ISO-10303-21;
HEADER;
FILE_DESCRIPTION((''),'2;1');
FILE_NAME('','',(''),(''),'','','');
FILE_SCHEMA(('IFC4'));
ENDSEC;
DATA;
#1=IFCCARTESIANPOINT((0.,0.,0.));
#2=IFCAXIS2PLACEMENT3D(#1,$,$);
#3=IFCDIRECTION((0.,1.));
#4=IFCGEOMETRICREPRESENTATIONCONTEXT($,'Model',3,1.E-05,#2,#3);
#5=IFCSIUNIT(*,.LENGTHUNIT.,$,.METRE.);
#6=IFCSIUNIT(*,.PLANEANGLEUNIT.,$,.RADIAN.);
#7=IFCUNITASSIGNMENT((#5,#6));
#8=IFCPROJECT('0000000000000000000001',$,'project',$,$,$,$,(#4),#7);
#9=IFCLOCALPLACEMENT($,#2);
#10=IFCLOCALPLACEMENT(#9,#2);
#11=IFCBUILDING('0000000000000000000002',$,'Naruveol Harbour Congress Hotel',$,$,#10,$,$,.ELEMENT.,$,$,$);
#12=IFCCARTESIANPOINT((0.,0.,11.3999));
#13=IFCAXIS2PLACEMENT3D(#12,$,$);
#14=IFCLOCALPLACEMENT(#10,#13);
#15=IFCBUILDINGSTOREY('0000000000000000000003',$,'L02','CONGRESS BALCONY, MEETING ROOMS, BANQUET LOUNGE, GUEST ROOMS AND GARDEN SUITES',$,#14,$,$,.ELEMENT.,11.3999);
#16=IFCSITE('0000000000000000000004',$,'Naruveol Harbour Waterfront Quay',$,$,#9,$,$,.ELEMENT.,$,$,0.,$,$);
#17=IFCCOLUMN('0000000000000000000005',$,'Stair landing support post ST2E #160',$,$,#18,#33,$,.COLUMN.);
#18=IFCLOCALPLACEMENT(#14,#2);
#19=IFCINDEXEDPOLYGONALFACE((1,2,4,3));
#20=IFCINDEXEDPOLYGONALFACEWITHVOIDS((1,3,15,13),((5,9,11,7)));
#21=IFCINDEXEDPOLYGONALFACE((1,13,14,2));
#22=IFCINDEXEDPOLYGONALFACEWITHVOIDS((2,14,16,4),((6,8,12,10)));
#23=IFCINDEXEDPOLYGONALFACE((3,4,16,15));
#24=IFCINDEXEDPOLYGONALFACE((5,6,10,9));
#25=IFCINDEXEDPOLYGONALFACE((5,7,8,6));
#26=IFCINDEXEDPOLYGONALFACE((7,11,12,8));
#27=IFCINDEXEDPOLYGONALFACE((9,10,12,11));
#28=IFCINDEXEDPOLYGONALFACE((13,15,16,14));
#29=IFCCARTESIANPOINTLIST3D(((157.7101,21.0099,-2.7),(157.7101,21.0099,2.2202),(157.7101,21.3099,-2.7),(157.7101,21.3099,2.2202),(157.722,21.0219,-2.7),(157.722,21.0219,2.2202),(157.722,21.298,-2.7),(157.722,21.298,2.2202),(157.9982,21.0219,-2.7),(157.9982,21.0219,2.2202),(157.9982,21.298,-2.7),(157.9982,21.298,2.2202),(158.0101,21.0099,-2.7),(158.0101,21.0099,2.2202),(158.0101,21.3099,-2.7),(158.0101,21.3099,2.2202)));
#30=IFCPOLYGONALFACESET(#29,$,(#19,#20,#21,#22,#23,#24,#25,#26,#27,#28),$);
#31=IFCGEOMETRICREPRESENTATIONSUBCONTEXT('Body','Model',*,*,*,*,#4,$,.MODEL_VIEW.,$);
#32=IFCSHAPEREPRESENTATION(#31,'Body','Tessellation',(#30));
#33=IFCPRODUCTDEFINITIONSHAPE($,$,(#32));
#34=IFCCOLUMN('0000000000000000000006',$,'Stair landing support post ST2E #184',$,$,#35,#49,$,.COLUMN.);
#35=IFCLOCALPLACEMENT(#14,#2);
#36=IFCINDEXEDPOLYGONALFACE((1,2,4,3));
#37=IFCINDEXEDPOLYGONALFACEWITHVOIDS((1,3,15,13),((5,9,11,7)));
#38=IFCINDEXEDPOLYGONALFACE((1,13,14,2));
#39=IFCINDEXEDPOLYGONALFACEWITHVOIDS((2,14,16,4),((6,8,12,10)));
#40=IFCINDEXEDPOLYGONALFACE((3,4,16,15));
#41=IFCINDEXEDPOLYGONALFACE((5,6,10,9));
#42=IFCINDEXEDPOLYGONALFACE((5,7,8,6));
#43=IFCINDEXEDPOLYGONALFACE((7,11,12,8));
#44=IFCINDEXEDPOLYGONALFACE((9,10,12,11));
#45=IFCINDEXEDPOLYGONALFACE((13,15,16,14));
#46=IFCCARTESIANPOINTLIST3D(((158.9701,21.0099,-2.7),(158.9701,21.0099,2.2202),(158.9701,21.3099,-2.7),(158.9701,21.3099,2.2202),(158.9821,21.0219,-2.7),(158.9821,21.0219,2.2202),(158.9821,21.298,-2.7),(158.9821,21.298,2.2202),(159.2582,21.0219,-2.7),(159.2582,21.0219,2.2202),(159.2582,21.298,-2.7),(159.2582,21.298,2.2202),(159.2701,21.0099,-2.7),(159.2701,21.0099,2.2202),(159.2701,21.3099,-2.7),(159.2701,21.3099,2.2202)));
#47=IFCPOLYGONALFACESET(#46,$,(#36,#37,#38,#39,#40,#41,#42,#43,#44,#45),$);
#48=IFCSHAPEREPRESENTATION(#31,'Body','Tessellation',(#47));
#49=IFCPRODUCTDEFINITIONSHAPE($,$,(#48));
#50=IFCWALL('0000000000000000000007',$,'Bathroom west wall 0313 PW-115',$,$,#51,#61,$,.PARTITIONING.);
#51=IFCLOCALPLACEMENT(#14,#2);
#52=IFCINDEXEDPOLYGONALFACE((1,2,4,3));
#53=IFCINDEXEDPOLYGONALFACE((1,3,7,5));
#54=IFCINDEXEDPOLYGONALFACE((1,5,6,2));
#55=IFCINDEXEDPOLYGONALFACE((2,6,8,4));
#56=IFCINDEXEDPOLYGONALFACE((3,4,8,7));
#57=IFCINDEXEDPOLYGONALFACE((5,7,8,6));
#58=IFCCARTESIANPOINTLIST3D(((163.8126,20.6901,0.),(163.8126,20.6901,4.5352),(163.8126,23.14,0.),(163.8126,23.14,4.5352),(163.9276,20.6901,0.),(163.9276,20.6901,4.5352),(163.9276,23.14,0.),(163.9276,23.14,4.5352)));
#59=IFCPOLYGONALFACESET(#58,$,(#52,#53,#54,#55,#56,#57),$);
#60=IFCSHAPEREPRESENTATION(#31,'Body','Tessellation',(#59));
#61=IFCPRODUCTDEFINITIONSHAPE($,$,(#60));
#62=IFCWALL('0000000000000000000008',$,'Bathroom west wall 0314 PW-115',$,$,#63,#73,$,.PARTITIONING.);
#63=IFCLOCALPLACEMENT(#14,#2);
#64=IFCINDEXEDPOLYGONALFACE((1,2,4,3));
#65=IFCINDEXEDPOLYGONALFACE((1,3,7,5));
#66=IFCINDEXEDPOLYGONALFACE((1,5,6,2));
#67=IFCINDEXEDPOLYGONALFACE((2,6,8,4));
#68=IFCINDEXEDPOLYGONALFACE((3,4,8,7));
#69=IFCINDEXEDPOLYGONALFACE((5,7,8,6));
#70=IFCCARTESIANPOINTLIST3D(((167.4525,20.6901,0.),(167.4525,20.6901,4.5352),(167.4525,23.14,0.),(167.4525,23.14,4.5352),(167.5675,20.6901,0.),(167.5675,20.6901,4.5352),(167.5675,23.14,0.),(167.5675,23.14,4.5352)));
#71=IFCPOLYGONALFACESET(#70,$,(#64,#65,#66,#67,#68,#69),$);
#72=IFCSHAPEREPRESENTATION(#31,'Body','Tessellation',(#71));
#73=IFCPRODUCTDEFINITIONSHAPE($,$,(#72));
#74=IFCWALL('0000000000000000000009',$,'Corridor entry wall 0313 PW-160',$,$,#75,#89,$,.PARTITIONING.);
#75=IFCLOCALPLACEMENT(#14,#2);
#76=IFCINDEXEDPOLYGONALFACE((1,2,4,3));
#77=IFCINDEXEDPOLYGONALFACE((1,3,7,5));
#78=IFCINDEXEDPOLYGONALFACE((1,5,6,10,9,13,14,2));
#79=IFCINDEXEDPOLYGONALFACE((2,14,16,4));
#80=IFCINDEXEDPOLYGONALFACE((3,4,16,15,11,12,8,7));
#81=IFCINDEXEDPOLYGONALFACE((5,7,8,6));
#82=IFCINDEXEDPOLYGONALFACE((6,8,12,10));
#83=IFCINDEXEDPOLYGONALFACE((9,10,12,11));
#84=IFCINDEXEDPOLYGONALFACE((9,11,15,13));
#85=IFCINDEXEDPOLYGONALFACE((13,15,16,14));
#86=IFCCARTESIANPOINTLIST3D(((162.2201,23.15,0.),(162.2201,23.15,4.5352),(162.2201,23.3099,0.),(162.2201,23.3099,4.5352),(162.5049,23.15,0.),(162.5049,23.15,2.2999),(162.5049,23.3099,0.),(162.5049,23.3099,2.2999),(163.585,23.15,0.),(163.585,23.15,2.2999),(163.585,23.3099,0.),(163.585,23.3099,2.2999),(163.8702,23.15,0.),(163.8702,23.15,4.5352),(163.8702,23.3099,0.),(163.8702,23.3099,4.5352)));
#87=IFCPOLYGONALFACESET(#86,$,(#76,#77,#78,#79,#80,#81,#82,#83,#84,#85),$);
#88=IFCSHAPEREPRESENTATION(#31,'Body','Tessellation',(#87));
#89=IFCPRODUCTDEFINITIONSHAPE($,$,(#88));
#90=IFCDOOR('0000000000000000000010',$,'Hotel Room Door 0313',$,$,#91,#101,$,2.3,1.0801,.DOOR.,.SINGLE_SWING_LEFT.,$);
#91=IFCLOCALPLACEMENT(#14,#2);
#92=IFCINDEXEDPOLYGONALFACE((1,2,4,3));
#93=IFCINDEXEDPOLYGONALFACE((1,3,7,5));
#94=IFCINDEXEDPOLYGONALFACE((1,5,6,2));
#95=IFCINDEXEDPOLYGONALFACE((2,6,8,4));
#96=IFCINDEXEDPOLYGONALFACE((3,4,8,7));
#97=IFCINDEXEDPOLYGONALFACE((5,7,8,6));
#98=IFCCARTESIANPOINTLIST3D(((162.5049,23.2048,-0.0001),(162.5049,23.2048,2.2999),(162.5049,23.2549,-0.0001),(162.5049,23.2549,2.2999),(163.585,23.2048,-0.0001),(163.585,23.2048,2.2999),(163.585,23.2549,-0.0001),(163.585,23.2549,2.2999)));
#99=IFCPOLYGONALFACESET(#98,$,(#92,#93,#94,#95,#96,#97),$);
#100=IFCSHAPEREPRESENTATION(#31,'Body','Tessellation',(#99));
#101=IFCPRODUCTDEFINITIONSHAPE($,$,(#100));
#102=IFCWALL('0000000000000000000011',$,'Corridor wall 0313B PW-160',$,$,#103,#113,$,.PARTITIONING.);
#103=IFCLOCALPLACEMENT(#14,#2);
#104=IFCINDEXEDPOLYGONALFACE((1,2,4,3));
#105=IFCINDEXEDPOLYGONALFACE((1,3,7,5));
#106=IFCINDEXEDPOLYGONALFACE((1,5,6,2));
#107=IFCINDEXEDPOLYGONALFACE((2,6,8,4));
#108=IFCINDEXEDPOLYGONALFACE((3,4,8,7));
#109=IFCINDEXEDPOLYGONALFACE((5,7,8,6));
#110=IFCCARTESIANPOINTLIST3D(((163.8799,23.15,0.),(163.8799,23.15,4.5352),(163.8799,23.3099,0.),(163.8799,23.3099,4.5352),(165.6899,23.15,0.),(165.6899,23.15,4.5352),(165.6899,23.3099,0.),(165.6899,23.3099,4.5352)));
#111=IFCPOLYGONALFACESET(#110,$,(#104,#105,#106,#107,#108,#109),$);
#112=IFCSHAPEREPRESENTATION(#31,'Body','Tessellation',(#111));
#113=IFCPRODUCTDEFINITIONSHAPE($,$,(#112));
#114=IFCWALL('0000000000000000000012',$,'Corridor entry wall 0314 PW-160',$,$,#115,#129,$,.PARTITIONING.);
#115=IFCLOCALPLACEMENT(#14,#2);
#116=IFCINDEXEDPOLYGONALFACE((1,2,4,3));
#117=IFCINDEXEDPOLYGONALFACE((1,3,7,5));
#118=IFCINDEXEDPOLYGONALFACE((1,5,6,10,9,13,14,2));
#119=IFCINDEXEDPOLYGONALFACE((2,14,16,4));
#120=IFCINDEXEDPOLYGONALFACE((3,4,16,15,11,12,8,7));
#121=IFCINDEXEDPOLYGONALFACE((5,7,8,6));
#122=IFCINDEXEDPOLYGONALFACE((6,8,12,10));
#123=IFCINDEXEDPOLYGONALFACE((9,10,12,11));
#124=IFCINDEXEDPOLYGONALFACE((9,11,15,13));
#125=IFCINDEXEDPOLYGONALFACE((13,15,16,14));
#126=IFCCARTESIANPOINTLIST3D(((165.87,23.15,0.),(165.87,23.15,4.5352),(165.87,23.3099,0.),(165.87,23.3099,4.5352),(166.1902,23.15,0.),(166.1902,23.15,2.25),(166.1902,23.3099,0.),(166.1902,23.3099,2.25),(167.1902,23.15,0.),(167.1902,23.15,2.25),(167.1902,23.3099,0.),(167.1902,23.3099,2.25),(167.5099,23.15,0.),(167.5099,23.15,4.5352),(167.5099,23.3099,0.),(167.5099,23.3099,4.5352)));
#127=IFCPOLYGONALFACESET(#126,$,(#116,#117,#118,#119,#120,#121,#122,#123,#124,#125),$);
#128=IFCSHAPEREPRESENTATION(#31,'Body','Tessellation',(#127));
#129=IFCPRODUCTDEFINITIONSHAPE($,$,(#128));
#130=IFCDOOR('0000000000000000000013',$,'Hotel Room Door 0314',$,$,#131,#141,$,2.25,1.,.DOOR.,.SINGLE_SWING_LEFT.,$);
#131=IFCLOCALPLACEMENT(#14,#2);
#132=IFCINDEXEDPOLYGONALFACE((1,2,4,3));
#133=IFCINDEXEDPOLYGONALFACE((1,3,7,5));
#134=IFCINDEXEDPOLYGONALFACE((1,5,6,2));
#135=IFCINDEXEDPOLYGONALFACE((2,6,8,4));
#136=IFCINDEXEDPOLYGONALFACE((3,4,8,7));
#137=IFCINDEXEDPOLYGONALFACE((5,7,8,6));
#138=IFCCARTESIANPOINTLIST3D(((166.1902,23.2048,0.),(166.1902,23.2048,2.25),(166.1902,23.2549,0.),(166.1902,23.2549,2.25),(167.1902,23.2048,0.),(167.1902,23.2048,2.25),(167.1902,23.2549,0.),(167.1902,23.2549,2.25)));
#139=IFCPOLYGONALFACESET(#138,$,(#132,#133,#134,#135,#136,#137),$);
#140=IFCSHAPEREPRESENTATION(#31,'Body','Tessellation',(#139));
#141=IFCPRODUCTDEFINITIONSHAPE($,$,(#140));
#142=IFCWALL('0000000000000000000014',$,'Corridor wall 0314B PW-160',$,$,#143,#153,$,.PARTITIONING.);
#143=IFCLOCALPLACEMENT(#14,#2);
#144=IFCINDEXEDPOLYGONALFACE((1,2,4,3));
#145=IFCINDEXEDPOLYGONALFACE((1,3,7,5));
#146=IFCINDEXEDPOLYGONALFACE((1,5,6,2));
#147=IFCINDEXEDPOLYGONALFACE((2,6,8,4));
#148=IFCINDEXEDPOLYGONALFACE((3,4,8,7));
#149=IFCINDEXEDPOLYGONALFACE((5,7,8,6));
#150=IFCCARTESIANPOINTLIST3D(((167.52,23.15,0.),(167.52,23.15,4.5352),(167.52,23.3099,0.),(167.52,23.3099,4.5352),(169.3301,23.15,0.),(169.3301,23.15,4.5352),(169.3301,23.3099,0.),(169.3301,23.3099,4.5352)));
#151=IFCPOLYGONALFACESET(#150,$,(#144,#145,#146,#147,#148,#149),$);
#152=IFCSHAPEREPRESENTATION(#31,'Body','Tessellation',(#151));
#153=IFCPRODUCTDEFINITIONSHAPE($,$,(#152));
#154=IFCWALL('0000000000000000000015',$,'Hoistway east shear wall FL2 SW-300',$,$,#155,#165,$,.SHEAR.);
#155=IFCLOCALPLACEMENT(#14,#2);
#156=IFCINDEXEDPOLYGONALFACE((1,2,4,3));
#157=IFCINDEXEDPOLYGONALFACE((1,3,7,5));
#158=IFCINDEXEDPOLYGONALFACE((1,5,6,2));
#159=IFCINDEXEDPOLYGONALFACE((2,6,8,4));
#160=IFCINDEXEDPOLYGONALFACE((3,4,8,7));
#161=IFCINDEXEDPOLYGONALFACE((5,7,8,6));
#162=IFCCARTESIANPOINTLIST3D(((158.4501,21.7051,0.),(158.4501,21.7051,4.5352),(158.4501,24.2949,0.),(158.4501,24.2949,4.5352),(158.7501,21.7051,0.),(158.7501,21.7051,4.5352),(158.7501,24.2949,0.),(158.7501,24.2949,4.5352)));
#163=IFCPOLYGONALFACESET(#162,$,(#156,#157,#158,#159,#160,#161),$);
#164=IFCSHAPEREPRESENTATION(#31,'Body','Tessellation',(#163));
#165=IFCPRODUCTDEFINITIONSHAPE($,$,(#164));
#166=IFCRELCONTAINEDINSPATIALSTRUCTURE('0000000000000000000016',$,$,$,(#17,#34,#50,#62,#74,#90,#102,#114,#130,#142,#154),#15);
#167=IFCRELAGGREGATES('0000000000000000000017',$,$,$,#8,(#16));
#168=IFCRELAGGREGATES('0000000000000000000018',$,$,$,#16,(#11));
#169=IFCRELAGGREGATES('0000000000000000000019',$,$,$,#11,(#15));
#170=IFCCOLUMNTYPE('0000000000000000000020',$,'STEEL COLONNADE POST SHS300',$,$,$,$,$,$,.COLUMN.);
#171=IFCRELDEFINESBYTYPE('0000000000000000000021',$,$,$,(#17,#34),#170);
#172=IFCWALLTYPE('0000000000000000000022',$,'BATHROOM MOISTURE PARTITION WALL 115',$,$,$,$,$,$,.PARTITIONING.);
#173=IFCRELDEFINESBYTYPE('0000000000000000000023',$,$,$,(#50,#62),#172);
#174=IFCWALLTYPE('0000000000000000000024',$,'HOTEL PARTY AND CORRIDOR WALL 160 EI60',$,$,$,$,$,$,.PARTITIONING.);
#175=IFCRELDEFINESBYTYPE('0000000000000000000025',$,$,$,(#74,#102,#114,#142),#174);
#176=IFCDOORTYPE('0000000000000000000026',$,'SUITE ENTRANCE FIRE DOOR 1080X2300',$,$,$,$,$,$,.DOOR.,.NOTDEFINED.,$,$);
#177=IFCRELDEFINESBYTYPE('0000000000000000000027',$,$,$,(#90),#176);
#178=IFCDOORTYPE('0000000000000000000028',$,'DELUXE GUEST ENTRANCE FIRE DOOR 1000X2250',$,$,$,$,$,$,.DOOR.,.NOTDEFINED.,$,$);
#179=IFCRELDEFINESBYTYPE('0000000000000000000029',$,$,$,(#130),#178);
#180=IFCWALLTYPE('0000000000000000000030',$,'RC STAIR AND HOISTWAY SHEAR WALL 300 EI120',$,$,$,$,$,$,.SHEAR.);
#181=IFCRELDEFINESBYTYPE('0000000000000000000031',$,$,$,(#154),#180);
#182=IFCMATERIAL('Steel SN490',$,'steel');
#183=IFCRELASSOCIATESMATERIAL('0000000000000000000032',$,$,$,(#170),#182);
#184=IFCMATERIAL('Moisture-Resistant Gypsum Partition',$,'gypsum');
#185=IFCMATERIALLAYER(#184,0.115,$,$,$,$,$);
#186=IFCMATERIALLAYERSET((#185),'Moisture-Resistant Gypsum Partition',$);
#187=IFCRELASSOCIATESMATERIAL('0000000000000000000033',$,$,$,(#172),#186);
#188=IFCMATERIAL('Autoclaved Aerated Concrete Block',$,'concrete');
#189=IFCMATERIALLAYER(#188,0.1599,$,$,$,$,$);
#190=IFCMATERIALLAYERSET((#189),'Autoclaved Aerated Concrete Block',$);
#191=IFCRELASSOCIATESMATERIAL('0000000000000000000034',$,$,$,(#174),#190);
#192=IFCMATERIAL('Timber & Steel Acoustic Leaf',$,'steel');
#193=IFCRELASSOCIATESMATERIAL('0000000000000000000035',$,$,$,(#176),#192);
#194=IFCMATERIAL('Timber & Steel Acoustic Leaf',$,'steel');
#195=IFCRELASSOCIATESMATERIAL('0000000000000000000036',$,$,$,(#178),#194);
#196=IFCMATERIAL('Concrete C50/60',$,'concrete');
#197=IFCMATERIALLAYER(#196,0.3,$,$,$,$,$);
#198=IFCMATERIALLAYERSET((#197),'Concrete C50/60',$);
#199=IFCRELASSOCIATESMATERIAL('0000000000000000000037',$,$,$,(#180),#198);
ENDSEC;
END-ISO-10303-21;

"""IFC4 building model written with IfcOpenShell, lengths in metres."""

from ifc_helpers import new_model, si_unit, direction, frame, frame_2d, origin, origin_2d, place, context, subcontext, project, spatial, rectangle, hollow_rectangle, extrude, material, layer, layer_set, material_profile, profile_set, type_object, element, fill, save


model = new_model("IFC4")

# Units and contexts
model_context = context("Model", 3, precision=1e-05, world=origin(), true_north=direction((0.0, 1.0)))
body_context = subcontext(model_context, "Body", "Model", "MODEL_VIEW")
ifc_project = project(units=[si_unit("LENGTHUNIT", "METRE"), si_unit("PLANEANGLEUNIT", "RADIAN")], contexts=[model_context])

# Site, building, storey
site_placement = place(None, origin())
site = spatial("IfcSite", under=ifc_project, at=site_placement, Name="Naruveol Harbour Waterfront Quay", CompositionType="ELEMENT", RefElevation=0.0)
building_placement = place(site_placement, origin())
building = spatial("IfcBuilding", under=site, at=building_placement, Name="Naruveol Harbour Congress Hotel", CompositionType="ELEMENT")
storey_placement = place(building_placement, frame((0.0, 0.0, 11.3999)))
storey = spatial("IfcBuildingStorey", under=building, at=storey_placement, Name="L02", Description="CONGRESS BALCONY, MEETING ROOMS, BANQUET LOUNGE, GUEST ROOMS AND GARDEN SUITES", CompositionType="ELEMENT", Elevation=11.3999)

# Columns
ifc_material_1 = material(Name="Steel SN490", Category="steel")
ifc_material_profile = material_profile(ifc_material_1, hollow_rectangle(XDim=0.3, YDim=0.3, WallThickness=0.012, at=origin_2d()), Name="SHS-300x300x12")
ifc_profile_set = profile_set([ifc_material_profile], Name="Steel SN490")
column_type = type_object("IfcColumnType", Name="STEEL COLONNADE POST SHS300", PredefinedType="COLUMN", material=ifc_profile_set)
for number, where, z_axis, x_axis, name in (
    (1, (157.8601, 21.1599, -2.7), (0.0, 0.0, 1.0), (1.0, 0.0, 0.0), "Stair landing support post ST2E #160"),
    (2, (159.1201, 21.1599, -2.7), (0.0, 0.0, 1.0), (1.0, 0.0, 0.0), "Stair landing support post ST2E #184"),
):
    element("IfcColumn", number, at=place(storey_placement, frame(where, z_axis=z_axis, x_axis=x_axis)), inside=storey, type_object=column_type, Name=name, PredefinedType="COLUMN", context=body_context, shape_type="SweptSolid", body=[
        extrude(hollow_rectangle(XDim=0.3, YDim=0.3, WallThickness=0.012, at=origin_2d()), origin(), (0.0, 0.0, 1.0), 4.9202),
    ])

# Wall
ifc_material_2 = material(Name="Moisture-Resistant Gypsum Partition", Category="gypsum")
ifc_layer_1 = layer(ifc_material_2, 0.115)
ifc_layer_set_1 = layer_set([ifc_layer_1], Name="Moisture-Resistant Gypsum Partition")
wall_type_1 = type_object("IfcWallType", Name="BATHROOM MOISTURE PARTITION WALL 115", PredefinedType="PARTITIONING", material=ifc_layer_set_1)
wall_1_placement = place(storey_placement, frame((163.8701, 20.6899, 0.0), z_axis=(0.0, 0.0, 1.0), x_axis=(0.0, 1.0, 0.0)))
element("IfcWall", 3, at=wall_1_placement, inside=storey, type_object=wall_type_1, Name="Bathroom west wall 0313 PW-115", PredefinedType="PARTITIONING", context=body_context, shape_type="SweptSolid", body=[
    extrude(rectangle(XDim=2.45, YDim=0.115, at=frame_2d((1.2251, 0.0))), origin(), (0.0, 0.0, 1.0), 4.5352),
])

# Wall
wall_2_placement = place(storey_placement, frame((167.51, 20.6899, 0.0), z_axis=(0.0, 0.0, 1.0), x_axis=(0.0, 1.0, 0.0)))
element("IfcWall", 4, at=wall_2_placement, inside=storey, type_object=wall_type_1, Name="Bathroom west wall 0314 PW-115", PredefinedType="PARTITIONING", context=body_context, shape_type="SweptSolid", body=[
    extrude(rectangle(XDim=2.45, YDim=0.115, at=frame_2d((1.2251, 0.0))), origin(), (0.0, 0.0, 1.0), 4.5352),
])

# Wall, opening, door
ifc_material_3 = material(Name="Autoclaved Aerated Concrete Block", Category="concrete")
ifc_layer_2 = layer(ifc_material_3, 0.1599)
ifc_layer_set_2 = layer_set([ifc_layer_2], Name="Autoclaved Aerated Concrete Block")
wall_type_2 = type_object("IfcWallType", Name="HOTEL PARTY AND CORRIDOR WALL 160 EI60", PredefinedType="PARTITIONING", material=ifc_layer_set_2)
wall_3_placement = place(storey_placement, frame((162.22, 23.23, 0.0), z_axis=(0.0, 0.0, 1.0), x_axis=(1.0, 0.0, 0.0)))
wall_3 = element("IfcWall", 5, at=wall_3_placement, inside=storey, type_object=wall_type_2, Name="Corridor entry wall 0313 PW-160", PredefinedType="PARTITIONING", context=body_context, shape_type="SweptSolid", body=[
    extrude(rectangle(XDim=1.6501, YDim=0.1599, at=frame_2d((0.8252, 0.0))), origin(), (0.0, 0.0, 1.0), 4.5352),
])
opening_1_placement = place(wall_3_placement, frame((0.2849, 0.0, 0.0)))
opening_1 = element("IfcOpeningElement", 6, at=opening_1_placement, cuts=wall_3, PredefinedType="OPENING", context=body_context, shape_type="SweptSolid", body=[
    extrude(rectangle(XDim=1.0801, YDim=2.3, at=frame_2d((0.54, 1.1499))), frame((0.0, 0.0898, 0.0), z_axis=(0.0, -1.0, 0.0), x_axis=(1.0, 0.0, 0.0)), (0.0, 0.0, 1.0), 0.1799),
])
ifc_material_4 = material(Name="Timber & Steel Acoustic Leaf", Category="steel")
door_type_1 = type_object("IfcDoorType", Name="SUITE ENTRANCE FIRE DOOR 1080X2300", OperationType="NOTDEFINED", PredefinedType="DOOR", material=ifc_material_4)
door_1_placement = place(opening_1_placement, origin())
door_1 = element("IfcDoor", 7, at=door_1_placement, inside=storey, type_object=door_type_1, Name="Hotel Room Door 0313", OperationType="SINGLE_SWING_LEFT", OverallHeight=2.3, OverallWidth=1.0801, PredefinedType="DOOR", context=body_context, shape_type="SweptSolid", body=[
    extrude(rectangle(XDim=1.0801, YDim=2.3, at=frame_2d((0.54, 1.1499))), frame((0.0, 0.0249, 0.0), z_axis=(0.0, -1.0, 0.0), x_axis=(1.0, 0.0, 0.0)), (0.0, 0.0, 1.0), 0.05),
])
fill(opening_1, door_1)

# Wall
wall_4_placement = place(storey_placement, frame((163.8799, 23.23, 0.0), z_axis=(0.0, 0.0, 1.0), x_axis=(1.0, 0.0, 0.0)))
element("IfcWall", 8, at=wall_4_placement, inside=storey, type_object=wall_type_2, Name="Corridor wall 0313B PW-160", PredefinedType="PARTITIONING", context=body_context, shape_type="SweptSolid", body=[
    extrude(rectangle(XDim=1.8101, YDim=0.1599, at=frame_2d((0.905, 0.0))), origin(), (0.0, 0.0, 1.0), 4.5352),
])

# Wall, opening, door
wall_5_placement = place(storey_placement, frame((165.8701, 23.23, 0.0), z_axis=(0.0, 0.0, 1.0), x_axis=(1.0, 0.0, 0.0)))
wall_5 = element("IfcWall", 9, at=wall_5_placement, inside=storey, type_object=wall_type_2, Name="Corridor entry wall 0314 PW-160", PredefinedType="PARTITIONING", context=body_context, shape_type="SweptSolid", body=[
    extrude(rectangle(XDim=1.6399, YDim=0.1599, at=frame_2d((0.8198, 0.0))), origin(), (0.0, 0.0, 1.0), 4.5352),
])
opening_2_placement = place(wall_5_placement, frame((0.3201, 0.0, 0.0)))
opening_2 = element("IfcOpeningElement", 10, at=opening_2_placement, cuts=wall_5, PredefinedType="OPENING", context=body_context, shape_type="SweptSolid", body=[
    extrude(rectangle(XDim=1.0, YDim=2.25, at=frame_2d((0.5, 1.125))), frame((0.0, 0.0898, 0.0), z_axis=(0.0, -1.0, 0.0), x_axis=(1.0, 0.0, 0.0)), (0.0, 0.0, 1.0), 0.1799),
])
ifc_material_5 = material(Name="Timber & Steel Acoustic Leaf", Category="steel")
door_type_2 = type_object("IfcDoorType", Name="DELUXE GUEST ENTRANCE FIRE DOOR 1000X2250", OperationType="NOTDEFINED", PredefinedType="DOOR", material=ifc_material_5)
door_2_placement = place(opening_2_placement, origin())
door_2 = element("IfcDoor", 11, at=door_2_placement, inside=storey, type_object=door_type_2, Name="Hotel Room Door 0314", OperationType="SINGLE_SWING_LEFT", OverallHeight=2.25, OverallWidth=1.0, PredefinedType="DOOR", context=body_context, shape_type="SweptSolid", body=[
    extrude(rectangle(XDim=1.0, YDim=2.25, at=frame_2d((0.5, 1.125))), frame((0.0, 0.0249, 0.0), z_axis=(0.0, -1.0, 0.0), x_axis=(1.0, 0.0, 0.0)), (0.0, 0.0, 1.0), 0.05),
])
fill(opening_2, door_2)

# Walls
wall_6_placement = place(storey_placement, frame((167.52, 23.23, 0.0), z_axis=(0.0, 0.0, 1.0), x_axis=(1.0, 0.0, 0.0)))
element("IfcWall", 12, at=wall_6_placement, inside=storey, type_object=wall_type_2, Name="Corridor wall 0314B PW-160", PredefinedType="PARTITIONING", context=body_context, shape_type="SweptSolid", body=[
    extrude(rectangle(XDim=1.8101, YDim=0.1599, at=frame_2d((0.905, 0.0))), origin(), (0.0, 0.0, 1.0), 4.5352),
])
ifc_material_6 = material(Name="Concrete C50/60", Category="concrete")
ifc_layer_3 = layer(ifc_material_6, 0.3)
ifc_layer_set_3 = layer_set([ifc_layer_3], Name="Concrete C50/60")
wall_type_3 = type_object("IfcWallType", Name="RC STAIR AND HOISTWAY SHEAR WALL 300 EI120", PredefinedType="SHEAR", material=ifc_layer_set_3)
wall_7_placement = place(storey_placement, frame((158.6001, 21.7051, 0.0), z_axis=(0.0, 0.0, 1.0), x_axis=(0.0, 1.0, 0.0)))
element("IfcWall", 13, at=wall_7_placement, inside=storey, type_object=wall_type_3, Name="Hoistway east shear wall FL2 SW-300", PredefinedType="SHEAR", context=body_context, shape_type="SweptSolid", body=[
    extrude(rectangle(XDim=2.5898, YDim=0.3, at=frame_2d((1.2949, 0.0))), origin(), (0.0, 0.0, 1.0), 4.5352),
])

save(model, "model.ifc")
